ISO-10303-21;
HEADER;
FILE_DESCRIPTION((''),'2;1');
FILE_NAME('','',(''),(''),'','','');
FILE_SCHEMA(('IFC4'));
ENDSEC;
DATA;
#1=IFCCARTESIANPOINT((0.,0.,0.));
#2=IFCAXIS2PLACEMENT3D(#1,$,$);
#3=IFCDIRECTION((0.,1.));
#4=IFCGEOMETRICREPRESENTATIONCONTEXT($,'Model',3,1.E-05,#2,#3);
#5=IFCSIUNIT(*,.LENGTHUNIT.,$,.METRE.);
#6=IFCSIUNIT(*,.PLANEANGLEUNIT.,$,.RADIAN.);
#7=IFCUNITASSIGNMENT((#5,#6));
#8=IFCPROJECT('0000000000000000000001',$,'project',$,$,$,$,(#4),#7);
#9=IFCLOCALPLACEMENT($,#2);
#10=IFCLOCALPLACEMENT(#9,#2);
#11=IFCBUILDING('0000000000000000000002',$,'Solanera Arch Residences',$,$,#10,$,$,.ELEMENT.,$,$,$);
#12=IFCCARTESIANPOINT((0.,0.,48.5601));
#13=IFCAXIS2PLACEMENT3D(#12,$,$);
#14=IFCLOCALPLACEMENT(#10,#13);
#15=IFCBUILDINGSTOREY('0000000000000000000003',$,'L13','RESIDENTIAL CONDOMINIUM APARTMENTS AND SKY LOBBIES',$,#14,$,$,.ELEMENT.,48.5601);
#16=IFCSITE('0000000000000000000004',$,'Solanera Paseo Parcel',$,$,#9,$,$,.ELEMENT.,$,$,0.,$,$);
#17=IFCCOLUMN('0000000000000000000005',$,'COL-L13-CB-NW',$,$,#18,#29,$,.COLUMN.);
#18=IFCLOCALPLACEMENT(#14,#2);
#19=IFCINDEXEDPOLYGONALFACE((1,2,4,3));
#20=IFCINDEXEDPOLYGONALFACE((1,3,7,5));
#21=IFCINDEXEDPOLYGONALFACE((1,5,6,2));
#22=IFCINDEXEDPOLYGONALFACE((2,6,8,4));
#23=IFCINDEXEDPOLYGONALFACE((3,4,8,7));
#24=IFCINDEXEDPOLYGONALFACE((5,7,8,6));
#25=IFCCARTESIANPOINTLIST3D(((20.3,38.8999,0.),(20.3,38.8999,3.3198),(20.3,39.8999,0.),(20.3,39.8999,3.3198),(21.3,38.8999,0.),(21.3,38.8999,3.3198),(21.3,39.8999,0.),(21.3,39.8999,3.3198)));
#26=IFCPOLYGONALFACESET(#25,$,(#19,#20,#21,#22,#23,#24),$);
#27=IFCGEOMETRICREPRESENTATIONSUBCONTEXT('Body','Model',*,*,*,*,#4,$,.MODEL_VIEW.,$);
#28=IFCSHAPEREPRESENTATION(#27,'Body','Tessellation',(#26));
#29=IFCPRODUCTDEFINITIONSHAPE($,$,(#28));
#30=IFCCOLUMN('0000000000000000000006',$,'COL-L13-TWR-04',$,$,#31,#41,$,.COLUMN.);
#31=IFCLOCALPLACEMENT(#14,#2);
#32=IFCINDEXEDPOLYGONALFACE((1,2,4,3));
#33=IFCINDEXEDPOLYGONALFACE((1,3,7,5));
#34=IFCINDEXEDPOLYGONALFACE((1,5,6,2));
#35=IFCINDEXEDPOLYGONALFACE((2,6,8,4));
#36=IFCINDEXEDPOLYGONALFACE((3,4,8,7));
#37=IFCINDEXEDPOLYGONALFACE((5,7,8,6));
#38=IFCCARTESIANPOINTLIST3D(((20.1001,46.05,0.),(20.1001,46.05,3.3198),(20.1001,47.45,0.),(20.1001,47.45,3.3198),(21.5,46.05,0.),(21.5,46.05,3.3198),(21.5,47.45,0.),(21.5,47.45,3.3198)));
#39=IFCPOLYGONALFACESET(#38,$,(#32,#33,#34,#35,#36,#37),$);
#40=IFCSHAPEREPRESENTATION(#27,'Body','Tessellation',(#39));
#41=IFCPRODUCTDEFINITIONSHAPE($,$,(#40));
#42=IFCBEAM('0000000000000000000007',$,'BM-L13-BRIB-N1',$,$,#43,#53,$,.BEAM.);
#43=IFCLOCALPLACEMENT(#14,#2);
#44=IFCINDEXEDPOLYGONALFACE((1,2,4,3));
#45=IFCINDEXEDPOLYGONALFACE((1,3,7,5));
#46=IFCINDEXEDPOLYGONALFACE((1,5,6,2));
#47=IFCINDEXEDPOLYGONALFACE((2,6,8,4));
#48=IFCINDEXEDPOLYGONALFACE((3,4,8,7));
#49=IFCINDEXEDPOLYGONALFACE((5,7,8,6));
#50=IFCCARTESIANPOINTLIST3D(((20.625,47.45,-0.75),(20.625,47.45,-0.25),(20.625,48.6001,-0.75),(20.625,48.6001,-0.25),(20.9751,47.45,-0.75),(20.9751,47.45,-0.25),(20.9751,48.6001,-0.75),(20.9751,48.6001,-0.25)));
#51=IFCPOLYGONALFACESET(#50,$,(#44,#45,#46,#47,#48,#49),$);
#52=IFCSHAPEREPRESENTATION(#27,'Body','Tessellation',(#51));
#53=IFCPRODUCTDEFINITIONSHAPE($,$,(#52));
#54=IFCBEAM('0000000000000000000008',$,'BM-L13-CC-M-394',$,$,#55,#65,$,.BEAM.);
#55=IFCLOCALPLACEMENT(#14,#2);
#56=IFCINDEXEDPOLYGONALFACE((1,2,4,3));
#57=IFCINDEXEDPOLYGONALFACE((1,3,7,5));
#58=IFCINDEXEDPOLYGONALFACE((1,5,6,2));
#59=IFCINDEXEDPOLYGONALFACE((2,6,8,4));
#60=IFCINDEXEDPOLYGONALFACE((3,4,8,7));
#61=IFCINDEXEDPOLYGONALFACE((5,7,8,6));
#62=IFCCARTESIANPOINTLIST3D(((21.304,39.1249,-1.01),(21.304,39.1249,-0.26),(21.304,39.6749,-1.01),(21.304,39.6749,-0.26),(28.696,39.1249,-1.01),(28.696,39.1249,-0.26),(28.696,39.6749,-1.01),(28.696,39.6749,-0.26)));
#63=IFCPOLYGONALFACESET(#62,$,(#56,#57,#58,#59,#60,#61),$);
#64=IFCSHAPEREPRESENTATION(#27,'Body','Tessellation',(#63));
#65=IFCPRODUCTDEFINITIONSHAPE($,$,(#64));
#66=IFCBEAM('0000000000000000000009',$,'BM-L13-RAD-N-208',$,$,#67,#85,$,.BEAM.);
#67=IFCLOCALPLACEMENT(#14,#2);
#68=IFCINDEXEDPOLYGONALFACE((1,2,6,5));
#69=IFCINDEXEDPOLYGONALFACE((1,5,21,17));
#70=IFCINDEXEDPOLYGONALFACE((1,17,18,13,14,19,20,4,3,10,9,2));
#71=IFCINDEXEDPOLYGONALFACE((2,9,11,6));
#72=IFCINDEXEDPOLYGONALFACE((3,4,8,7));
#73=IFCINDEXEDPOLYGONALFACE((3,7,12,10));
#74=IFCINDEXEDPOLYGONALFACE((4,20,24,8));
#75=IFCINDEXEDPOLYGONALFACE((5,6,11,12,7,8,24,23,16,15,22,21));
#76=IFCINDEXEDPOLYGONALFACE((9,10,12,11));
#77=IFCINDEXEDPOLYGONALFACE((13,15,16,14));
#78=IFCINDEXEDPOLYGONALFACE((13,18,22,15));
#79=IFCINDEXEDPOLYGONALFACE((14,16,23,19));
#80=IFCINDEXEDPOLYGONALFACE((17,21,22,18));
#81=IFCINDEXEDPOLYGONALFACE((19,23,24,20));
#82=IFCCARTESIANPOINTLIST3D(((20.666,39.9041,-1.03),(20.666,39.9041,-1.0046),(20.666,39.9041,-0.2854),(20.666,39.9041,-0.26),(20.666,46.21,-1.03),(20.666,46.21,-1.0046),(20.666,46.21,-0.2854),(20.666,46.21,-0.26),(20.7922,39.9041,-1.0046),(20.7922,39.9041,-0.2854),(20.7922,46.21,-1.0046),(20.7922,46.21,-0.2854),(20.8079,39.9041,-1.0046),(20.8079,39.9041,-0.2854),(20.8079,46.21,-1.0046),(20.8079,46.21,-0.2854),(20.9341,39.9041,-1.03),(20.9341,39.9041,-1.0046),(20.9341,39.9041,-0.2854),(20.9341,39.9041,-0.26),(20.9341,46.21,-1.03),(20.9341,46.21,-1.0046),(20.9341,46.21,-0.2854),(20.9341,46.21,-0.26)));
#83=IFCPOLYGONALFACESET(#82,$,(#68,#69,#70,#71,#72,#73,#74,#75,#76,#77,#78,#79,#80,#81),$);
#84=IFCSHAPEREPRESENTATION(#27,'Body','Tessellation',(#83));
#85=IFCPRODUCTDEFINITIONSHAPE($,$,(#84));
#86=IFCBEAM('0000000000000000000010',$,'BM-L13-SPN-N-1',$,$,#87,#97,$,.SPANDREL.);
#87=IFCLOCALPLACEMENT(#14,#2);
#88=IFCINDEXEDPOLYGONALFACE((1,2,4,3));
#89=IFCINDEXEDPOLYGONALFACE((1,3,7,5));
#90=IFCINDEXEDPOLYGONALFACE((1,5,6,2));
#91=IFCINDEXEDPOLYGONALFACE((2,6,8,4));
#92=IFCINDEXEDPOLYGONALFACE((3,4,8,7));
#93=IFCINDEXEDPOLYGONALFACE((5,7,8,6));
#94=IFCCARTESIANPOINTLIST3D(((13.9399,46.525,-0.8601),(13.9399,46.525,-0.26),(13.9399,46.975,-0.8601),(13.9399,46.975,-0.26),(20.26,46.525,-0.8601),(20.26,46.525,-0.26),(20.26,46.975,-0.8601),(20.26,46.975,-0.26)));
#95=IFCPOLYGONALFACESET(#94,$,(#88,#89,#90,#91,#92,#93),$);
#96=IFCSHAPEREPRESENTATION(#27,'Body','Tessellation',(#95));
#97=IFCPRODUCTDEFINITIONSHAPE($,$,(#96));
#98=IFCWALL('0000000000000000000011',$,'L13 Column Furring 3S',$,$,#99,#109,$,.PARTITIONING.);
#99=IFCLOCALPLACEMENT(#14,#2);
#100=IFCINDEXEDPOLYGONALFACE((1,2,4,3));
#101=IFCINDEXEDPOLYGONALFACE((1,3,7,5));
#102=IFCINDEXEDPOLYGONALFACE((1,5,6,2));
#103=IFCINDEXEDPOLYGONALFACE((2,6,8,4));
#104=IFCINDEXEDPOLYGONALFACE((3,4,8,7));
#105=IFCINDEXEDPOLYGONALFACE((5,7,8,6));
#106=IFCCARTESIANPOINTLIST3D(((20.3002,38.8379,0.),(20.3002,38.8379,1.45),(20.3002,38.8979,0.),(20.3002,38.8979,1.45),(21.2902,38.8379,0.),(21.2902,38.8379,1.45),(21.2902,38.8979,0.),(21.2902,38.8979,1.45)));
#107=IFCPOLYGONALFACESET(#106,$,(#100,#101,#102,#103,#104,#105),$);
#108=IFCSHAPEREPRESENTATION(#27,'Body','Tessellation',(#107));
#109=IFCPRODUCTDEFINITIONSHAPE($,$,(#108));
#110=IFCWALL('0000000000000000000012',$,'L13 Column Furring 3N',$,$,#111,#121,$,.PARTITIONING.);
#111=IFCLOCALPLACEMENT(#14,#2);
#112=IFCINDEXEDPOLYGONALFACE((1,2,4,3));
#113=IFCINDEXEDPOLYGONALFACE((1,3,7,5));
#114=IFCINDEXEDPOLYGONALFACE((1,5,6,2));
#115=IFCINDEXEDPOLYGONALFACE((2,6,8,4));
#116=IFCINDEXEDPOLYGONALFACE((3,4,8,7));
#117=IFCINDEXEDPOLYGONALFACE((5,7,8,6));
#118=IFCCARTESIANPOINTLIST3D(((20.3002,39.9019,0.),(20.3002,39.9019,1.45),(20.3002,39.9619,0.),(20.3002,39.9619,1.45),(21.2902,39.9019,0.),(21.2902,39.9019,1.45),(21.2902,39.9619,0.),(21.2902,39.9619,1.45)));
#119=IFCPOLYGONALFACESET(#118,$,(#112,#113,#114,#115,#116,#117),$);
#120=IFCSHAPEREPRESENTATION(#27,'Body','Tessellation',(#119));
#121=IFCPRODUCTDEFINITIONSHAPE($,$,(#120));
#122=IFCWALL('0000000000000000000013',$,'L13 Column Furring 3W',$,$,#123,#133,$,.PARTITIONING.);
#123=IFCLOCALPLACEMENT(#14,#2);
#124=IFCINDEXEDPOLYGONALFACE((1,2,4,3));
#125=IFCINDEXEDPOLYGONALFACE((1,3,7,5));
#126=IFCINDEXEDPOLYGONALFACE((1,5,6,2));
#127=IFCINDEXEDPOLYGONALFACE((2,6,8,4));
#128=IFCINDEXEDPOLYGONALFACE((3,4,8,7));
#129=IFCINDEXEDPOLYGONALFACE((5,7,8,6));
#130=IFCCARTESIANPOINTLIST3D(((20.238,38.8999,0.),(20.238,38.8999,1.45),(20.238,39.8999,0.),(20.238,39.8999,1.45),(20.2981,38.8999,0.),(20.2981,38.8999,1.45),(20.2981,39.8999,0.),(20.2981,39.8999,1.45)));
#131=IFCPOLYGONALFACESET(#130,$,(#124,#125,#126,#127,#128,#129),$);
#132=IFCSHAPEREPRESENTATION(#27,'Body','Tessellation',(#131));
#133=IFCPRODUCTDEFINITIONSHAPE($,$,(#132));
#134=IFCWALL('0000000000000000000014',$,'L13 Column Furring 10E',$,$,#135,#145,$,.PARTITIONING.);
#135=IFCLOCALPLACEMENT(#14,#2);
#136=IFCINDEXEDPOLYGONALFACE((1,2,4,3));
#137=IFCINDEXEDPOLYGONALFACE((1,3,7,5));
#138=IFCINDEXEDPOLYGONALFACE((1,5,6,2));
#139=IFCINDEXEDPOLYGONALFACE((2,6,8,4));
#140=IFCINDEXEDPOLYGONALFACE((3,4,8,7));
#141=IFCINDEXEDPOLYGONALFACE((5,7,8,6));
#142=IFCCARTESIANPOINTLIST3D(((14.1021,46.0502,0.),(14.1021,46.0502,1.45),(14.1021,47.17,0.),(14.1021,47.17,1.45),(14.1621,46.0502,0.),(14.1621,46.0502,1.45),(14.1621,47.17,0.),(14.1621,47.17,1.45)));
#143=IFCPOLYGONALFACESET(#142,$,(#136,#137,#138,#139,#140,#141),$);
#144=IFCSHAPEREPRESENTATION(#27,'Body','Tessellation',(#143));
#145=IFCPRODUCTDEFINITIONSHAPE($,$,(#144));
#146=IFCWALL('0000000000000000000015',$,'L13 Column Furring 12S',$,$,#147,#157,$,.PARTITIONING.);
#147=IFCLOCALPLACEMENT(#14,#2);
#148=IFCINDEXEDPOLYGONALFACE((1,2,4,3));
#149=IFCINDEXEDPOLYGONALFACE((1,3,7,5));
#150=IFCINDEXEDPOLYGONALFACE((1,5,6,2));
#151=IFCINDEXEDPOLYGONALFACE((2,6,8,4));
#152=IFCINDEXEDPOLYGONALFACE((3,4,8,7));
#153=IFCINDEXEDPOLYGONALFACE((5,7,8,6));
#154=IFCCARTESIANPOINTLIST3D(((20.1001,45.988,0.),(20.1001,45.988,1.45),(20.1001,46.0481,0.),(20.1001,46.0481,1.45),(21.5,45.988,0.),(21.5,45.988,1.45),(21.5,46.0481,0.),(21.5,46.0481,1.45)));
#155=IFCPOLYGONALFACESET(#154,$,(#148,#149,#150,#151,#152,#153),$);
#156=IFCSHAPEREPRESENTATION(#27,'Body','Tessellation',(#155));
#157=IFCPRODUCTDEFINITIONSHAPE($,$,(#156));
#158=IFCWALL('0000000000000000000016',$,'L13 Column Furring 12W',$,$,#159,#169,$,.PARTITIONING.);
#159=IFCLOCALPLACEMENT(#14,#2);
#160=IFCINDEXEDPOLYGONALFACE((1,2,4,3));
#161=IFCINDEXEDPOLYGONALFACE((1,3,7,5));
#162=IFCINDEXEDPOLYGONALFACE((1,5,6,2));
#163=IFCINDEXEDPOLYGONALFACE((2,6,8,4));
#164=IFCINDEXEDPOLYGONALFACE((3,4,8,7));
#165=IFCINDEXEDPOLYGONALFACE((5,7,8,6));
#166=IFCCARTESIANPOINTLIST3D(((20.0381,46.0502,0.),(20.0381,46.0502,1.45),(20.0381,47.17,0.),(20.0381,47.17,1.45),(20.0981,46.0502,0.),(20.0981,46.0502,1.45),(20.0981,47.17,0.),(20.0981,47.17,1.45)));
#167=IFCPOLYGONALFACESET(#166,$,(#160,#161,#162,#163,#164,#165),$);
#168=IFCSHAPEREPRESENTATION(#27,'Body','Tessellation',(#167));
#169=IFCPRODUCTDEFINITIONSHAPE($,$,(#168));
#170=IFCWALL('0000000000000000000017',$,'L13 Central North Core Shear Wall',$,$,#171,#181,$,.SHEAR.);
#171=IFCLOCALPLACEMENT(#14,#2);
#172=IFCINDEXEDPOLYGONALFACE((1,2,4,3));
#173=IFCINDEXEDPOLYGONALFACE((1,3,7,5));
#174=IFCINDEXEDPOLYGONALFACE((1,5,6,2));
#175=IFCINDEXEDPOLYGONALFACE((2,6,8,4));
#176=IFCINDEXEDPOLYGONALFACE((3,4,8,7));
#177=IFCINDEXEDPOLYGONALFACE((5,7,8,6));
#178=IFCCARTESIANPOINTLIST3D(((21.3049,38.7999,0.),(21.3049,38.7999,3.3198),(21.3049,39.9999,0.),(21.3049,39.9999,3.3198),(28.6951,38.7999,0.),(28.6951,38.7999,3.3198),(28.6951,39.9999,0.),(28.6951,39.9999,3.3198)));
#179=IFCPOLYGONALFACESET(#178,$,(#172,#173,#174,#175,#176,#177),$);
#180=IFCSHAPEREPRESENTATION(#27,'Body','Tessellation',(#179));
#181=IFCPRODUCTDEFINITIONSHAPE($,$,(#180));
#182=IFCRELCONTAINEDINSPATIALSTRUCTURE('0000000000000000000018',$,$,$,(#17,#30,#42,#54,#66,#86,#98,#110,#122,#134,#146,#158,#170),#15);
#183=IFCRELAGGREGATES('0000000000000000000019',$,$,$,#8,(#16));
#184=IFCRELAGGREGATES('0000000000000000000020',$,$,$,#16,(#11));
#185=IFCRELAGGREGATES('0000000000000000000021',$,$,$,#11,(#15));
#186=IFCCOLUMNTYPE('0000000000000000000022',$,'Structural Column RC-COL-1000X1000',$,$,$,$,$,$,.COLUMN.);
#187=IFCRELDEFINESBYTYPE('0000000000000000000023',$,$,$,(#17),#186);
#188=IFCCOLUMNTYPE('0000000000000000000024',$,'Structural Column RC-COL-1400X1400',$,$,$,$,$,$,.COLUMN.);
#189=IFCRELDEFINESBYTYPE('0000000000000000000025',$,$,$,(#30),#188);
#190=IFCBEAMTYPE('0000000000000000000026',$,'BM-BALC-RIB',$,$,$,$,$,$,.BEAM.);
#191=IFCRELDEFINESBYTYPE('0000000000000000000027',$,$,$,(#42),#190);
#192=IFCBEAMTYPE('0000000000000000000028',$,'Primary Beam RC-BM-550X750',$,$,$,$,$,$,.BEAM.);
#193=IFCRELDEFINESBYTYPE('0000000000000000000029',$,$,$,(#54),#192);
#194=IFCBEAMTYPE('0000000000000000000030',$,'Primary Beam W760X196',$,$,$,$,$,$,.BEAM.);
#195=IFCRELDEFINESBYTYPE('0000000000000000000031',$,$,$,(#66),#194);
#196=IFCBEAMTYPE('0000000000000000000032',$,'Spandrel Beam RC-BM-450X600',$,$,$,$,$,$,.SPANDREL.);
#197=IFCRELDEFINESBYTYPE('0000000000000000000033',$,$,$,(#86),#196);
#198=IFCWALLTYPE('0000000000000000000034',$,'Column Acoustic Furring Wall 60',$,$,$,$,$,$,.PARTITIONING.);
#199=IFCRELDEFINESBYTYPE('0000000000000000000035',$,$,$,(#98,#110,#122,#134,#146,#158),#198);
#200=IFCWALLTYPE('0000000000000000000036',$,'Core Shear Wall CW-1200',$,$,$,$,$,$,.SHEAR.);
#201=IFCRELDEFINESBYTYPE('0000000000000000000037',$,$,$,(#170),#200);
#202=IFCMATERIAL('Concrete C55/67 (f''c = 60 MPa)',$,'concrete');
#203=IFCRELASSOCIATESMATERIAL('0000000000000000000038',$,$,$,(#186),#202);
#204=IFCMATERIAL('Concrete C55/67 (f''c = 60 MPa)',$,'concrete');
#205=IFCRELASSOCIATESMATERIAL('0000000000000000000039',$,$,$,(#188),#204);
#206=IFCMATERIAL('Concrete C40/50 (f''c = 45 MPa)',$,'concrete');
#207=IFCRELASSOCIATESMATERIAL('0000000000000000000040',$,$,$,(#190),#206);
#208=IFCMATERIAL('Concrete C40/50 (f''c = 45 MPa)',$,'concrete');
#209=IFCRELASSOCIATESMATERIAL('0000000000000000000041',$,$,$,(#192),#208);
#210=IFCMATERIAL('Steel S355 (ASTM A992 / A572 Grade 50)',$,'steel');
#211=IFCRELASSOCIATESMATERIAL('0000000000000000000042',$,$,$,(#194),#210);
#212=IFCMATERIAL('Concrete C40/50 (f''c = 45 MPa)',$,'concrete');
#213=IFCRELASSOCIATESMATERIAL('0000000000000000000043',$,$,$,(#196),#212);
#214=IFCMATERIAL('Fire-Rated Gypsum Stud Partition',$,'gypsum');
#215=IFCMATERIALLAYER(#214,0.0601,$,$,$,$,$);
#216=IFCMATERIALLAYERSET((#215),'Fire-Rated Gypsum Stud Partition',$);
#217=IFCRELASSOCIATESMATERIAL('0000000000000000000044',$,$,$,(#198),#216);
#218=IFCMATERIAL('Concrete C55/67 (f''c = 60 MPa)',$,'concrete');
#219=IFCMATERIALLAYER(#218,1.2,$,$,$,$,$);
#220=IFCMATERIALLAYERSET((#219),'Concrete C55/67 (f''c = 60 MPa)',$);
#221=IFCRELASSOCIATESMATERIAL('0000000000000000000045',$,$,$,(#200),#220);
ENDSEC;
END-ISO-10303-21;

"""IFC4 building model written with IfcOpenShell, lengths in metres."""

from ifc_helpers import new_model, si_unit, direction, frame, frame_2d, origin, origin_2d, place, context, subcontext, project, spatial, rectangle, i_section, extrude, material, layer, layer_set, material_profile, profile_set, type_object, element, save


model = new_model("IFC4")

# Units and contexts
model_context = context("Model", 3, precision=1e-05, world=origin(), true_north=direction((0.0, 1.0)))
body_context = subcontext(model_context, "Body", "Model", "MODEL_VIEW")
ifc_project = project(units=[si_unit("LENGTHUNIT", "METRE"), si_unit("PLANEANGLEUNIT", "RADIAN")], contexts=[model_context])

# Site, building, storey
site_placement = place(None, origin())
site = spatial("IfcSite", under=ifc_project, at=site_placement, Name="Solanera Paseo Parcel", CompositionType="ELEMENT", RefElevation=0.0)
building_placement = place(site_placement, origin())
building = spatial("IfcBuilding", under=site, at=building_placement, Name="Solanera Arch Residences", CompositionType="ELEMENT")
storey_placement = place(building_placement, frame((0.0, 0.0, 48.5601)))
storey = spatial("IfcBuildingStorey", under=building, at=storey_placement, Name="L13", Description="RESIDENTIAL CONDOMINIUM APARTMENTS AND SKY LOBBIES", CompositionType="ELEMENT", Elevation=48.5601)

# Columns
ifc_material_1 = material(Name="Concrete C55/67 (f'c = 60 MPa)", Category="concrete")
ifc_material_profile_1 = material_profile(ifc_material_1, rectangle(XDim=1.0, YDim=1.0, at=origin_2d()))
ifc_profile_set_1 = profile_set([ifc_material_profile_1], Name="Concrete C55/67 (f'c = 60 MPa)")
column_type_1 = type_object("IfcColumnType", Name="Structural Column RC-COL-1000X1000", PredefinedType="COLUMN", material=ifc_profile_set_1)
column_1_placement = place(storey_placement, frame((20.8, 39.3999, 0.0), z_axis=(0.0, 0.0, 1.0), x_axis=(1.0, 0.0, 0.0)))
element("IfcColumn", 1, at=column_1_placement, inside=storey, type_object=column_type_1, Name="COL-L13-CB-NW", PredefinedType="COLUMN", context=body_context, shape_type="SweptSolid", body=[
    extrude(rectangle(XDim=1.0, YDim=1.0, at=origin_2d()), origin(), (0.0, 0.0, 1.0), 3.3198),
])
ifc_material_2 = material(Name="Concrete C55/67 (f'c = 60 MPa)", Category="concrete")
ifc_material_profile_2 = material_profile(ifc_material_2, rectangle(XDim=1.3999, YDim=1.3999, at=origin_2d()))
ifc_profile_set_2 = profile_set([ifc_material_profile_2], Name="Concrete C55/67 (f'c = 60 MPa)")
column_type_2 = type_object("IfcColumnType", Name="Structural Column RC-COL-1400X1400", PredefinedType="COLUMN", material=ifc_profile_set_2)
column_2_placement = place(storey_placement, frame((20.8, 46.75, 0.0), z_axis=(0.0, 0.0, 1.0), x_axis=(1.0, 0.0, 0.0)))
element("IfcColumn", 2, at=column_2_placement, inside=storey, type_object=column_type_2, Name="COL-L13-TWR-04", PredefinedType="COLUMN", context=body_context, shape_type="SweptSolid", body=[
    extrude(rectangle(XDim=1.3999, YDim=1.3999, at=origin_2d()), origin(), (0.0, 0.0, 1.0), 3.3198),
])

# Beams
ifc_material_3 = material(Name="Concrete C40/50 (f'c = 45 MPa)", Category="concrete")
ifc_material_profile_3 = material_profile(ifc_material_3, rectangle(XDim=0.3501, YDim=0.5, at=origin_2d()))
ifc_profile_set_3 = profile_set([ifc_material_profile_3], Name="Concrete C40/50 (f'c = 45 MPa)")
beam_type_1 = type_object("IfcBeamType", Name="BM-BALC-RIB", PredefinedType="BEAM", material=ifc_profile_set_3)
beam_1_placement = place(storey_placement, frame((20.8, 47.45, -0.5), z_axis=(0.0, 1.0, 0.0), x_axis=(-1.0, 0.0, 0.0)))
element("IfcBeam", 3, at=beam_1_placement, inside=storey, type_object=beam_type_1, Name="BM-L13-BRIB-N1", PredefinedType="BEAM", context=body_context, shape_type="SweptSolid", body=[
    extrude(rectangle(XDim=0.3501, YDim=0.5, at=origin_2d()), origin(), (0.0, 0.0, 1.0), 1.1501),
])
ifc_material_4 = material(Name="Concrete C40/50 (f'c = 45 MPa)", Category="concrete")
ifc_material_profile_4 = material_profile(ifc_material_4, rectangle(XDim=0.55, YDim=0.75, at=origin_2d()))
ifc_profile_set_4 = profile_set([ifc_material_profile_4], Name="Concrete C40/50 (f'c = 45 MPa)")
beam_type_2 = type_object("IfcBeamType", Name="Primary Beam RC-BM-550X750", PredefinedType="BEAM", material=ifc_profile_set_4)
beam_2_placement = place(storey_placement, frame((21.304, 39.3999, -0.635), z_axis=(1.0, 0.0, 0.0), x_axis=(0.0, 1.0, 0.0)))
element("IfcBeam", 4, at=beam_2_placement, inside=storey, type_object=beam_type_2, Name="BM-L13-CC-M-394", PredefinedType="BEAM", context=body_context, shape_type="SweptSolid", body=[
    extrude(rectangle(XDim=0.55, YDim=0.75, at=origin_2d()), origin(), (0.0, 0.0, 1.0), 7.3921),
])
ifc_material_5 = material(Name="Steel S355 (ASTM A992 / A572 Grade 50)", Category="steel")
ifc_material_profile_5 = material_profile(ifc_material_5, i_section(OverallWidth=0.2681, OverallDepth=0.77, WebThickness=0.0156, FlangeThickness=0.0254, at=origin_2d()))
ifc_profile_set_5 = profile_set([ifc_material_profile_5], Name="Steel S355 (ASTM A992 / A572 Grade 50)")
beam_type_3 = type_object("IfcBeamType", Name="Primary Beam W760X196", PredefinedType="BEAM", material=ifc_profile_set_5)
beam_3_placement = place(storey_placement, frame((20.8, 39.9041, -0.645), z_axis=(0.0, 1.0, 0.0), x_axis=(-1.0, 0.0, 0.0)))
element("IfcBeam", 5, at=beam_3_placement, inside=storey, type_object=beam_type_3, Name="BM-L13-RAD-N-208", PredefinedType="BEAM", context=body_context, shape_type="SweptSolid", body=[
    extrude(i_section(OverallWidth=0.2681, OverallDepth=0.77, WebThickness=0.0156, FlangeThickness=0.0254, at=origin_2d()), origin(), (0.0, 0.0, 1.0), 6.3059),
])
ifc_material_6 = material(Name="Concrete C40/50 (f'c = 45 MPa)", Category="concrete")
ifc_material_profile_6 = material_profile(ifc_material_6, rectangle(XDim=0.45, YDim=0.6001, at=origin_2d()))
ifc_profile_set_6 = profile_set([ifc_material_profile_6], Name="Concrete C40/50 (f'c = 45 MPa)")
beam_type_4 = type_object("IfcBeamType", Name="Spandrel Beam RC-BM-450X600", PredefinedType="SPANDREL", material=ifc_profile_set_6)
beam_4_placement = place(storey_placement, frame((13.9399, 46.75, -0.5601), z_axis=(1.0, 0.0, 0.0), x_axis=(0.0, 1.0, 0.0)))
element("IfcBeam", 6, at=beam_4_placement, inside=storey, type_object=beam_type_4, Name="BM-L13-SPN-N-1", PredefinedType="SPANDREL", context=body_context, shape_type="SweptSolid", body=[
    extrude(rectangle(XDim=0.45, YDim=0.6001, at=origin_2d()), origin(), (0.0, 0.0, 1.0), 6.3201),
])

# Walls
ifc_material_7 = material(Name="Fire-Rated Gypsum Stud Partition", Category="gypsum")
ifc_layer_1 = layer(ifc_material_7, 0.0601)
ifc_layer_set_1 = layer_set([ifc_layer_1], Name="Fire-Rated Gypsum Stud Partition")
wall_type_1 = type_object("IfcWallType", Name="Column Acoustic Furring Wall 60", PredefinedType="PARTITIONING", material=ifc_layer_set_1)
for number, where, z_axis, x_axis, name in (
    (7, (20.3, 38.8679, 0.0), (0.0, 0.0, 1.0), (1.0, 0.0, 0.0), "L13 Column Furring 3S"),
    (8, (20.3, 39.9319, 0.0), (0.0, 0.0, 1.0), (1.0, 0.0, 0.0), "L13 Column Furring 3N"),
):
    element("IfcWall", number, at=place(storey_placement, frame(where, z_axis=z_axis, x_axis=x_axis)), inside=storey, type_object=wall_type_1, Name=name, PredefinedType="PARTITIONING", context=body_context, shape_type="SweptSolid", body=[
        extrude(rectangle(XDim=0.99, YDim=0.0601, at=frame_2d((0.4951, 0.0))), origin(), (0.0, 0.0, 1.0), 1.45),
    ])
wall_1_placement = place(storey_placement, frame((20.2681, 38.8999, 0.0), z_axis=(0.0, 0.0, 1.0), x_axis=(0.0, 1.0, 0.0)))
element("IfcWall", 9, at=wall_1_placement, inside=storey, type_object=wall_type_1, Name="L13 Column Furring 3W", PredefinedType="PARTITIONING", context=body_context, shape_type="SweptSolid", body=[
    extrude(rectangle(XDim=1.0, YDim=0.0601, at=frame_2d((0.5, 0.0))), origin(), (0.0, 0.0, 1.0), 1.45),
])
wall_2_placement = place(storey_placement, frame((14.1321, 46.05, 0.0), z_axis=(0.0, 0.0, 1.0), x_axis=(0.0, 1.0, 0.0)))
element("IfcWall", 10, at=wall_2_placement, inside=storey, type_object=wall_type_1, Name="L13 Column Furring 10E", PredefinedType="PARTITIONING", context=body_context, shape_type="SweptSolid", body=[
    extrude(rectangle(XDim=1.1199, YDim=0.0601, at=frame_2d((0.5601, 0.0))), origin(), (0.0, 0.0, 1.0), 1.45),
])
wall_3_placement = place(storey_placement, frame((20.1001, 46.0181, 0.0), z_axis=(0.0, 0.0, 1.0), x_axis=(1.0, 0.0, 0.0)))
element("IfcWall", 11, at=wall_3_placement, inside=storey, type_object=wall_type_1, Name="L13 Column Furring 12S", PredefinedType="PARTITIONING", context=body_context, shape_type="SweptSolid", body=[
    extrude(rectangle(XDim=1.3999, YDim=0.0601, at=frame_2d((0.7, 0.0))), origin(), (0.0, 0.0, 1.0), 1.45),
])
wall_4_placement = place(storey_placement, frame((20.0681, 46.05, 0.0), z_axis=(0.0, 0.0, 1.0), x_axis=(0.0, 1.0, 0.0)))
element("IfcWall", 12, at=wall_4_placement, inside=storey, type_object=wall_type_1, Name="L13 Column Furring 12W", PredefinedType="PARTITIONING", context=body_context, shape_type="SweptSolid", body=[
    extrude(rectangle(XDim=1.1199, YDim=0.0601, at=frame_2d((0.5601, 0.0))), origin(), (0.0, 0.0, 1.0), 1.45),
])
ifc_material_8 = material(Name="Concrete C55/67 (f'c = 60 MPa)", Category="concrete")
ifc_layer_2 = layer(ifc_material_8, 1.2)
ifc_layer_set_2 = layer_set([ifc_layer_2], Name="Concrete C55/67 (f'c = 60 MPa)")
wall_type_2 = type_object("IfcWallType", Name="Core Shear Wall CW-1200", PredefinedType="SHEAR", material=ifc_layer_set_2)
wall_5_placement = place(storey_placement, frame((21.3049, 39.3999, 0.0), z_axis=(0.0, 0.0, 1.0), x_axis=(1.0, 0.0, 0.0)))
element("IfcWall", 13, at=wall_5_placement, inside=storey, type_object=wall_type_2, Name="L13 Central North Core Shear Wall", PredefinedType="SHEAR", context=body_context, shape_type="SweptSolid", body=[
    extrude(rectangle(XDim=7.3901, YDim=1.2, at=frame_2d((3.6951, 0.0))), origin(), (0.0, 0.0, 1.0), 3.3198),
])

save(model, "model.ifc")
